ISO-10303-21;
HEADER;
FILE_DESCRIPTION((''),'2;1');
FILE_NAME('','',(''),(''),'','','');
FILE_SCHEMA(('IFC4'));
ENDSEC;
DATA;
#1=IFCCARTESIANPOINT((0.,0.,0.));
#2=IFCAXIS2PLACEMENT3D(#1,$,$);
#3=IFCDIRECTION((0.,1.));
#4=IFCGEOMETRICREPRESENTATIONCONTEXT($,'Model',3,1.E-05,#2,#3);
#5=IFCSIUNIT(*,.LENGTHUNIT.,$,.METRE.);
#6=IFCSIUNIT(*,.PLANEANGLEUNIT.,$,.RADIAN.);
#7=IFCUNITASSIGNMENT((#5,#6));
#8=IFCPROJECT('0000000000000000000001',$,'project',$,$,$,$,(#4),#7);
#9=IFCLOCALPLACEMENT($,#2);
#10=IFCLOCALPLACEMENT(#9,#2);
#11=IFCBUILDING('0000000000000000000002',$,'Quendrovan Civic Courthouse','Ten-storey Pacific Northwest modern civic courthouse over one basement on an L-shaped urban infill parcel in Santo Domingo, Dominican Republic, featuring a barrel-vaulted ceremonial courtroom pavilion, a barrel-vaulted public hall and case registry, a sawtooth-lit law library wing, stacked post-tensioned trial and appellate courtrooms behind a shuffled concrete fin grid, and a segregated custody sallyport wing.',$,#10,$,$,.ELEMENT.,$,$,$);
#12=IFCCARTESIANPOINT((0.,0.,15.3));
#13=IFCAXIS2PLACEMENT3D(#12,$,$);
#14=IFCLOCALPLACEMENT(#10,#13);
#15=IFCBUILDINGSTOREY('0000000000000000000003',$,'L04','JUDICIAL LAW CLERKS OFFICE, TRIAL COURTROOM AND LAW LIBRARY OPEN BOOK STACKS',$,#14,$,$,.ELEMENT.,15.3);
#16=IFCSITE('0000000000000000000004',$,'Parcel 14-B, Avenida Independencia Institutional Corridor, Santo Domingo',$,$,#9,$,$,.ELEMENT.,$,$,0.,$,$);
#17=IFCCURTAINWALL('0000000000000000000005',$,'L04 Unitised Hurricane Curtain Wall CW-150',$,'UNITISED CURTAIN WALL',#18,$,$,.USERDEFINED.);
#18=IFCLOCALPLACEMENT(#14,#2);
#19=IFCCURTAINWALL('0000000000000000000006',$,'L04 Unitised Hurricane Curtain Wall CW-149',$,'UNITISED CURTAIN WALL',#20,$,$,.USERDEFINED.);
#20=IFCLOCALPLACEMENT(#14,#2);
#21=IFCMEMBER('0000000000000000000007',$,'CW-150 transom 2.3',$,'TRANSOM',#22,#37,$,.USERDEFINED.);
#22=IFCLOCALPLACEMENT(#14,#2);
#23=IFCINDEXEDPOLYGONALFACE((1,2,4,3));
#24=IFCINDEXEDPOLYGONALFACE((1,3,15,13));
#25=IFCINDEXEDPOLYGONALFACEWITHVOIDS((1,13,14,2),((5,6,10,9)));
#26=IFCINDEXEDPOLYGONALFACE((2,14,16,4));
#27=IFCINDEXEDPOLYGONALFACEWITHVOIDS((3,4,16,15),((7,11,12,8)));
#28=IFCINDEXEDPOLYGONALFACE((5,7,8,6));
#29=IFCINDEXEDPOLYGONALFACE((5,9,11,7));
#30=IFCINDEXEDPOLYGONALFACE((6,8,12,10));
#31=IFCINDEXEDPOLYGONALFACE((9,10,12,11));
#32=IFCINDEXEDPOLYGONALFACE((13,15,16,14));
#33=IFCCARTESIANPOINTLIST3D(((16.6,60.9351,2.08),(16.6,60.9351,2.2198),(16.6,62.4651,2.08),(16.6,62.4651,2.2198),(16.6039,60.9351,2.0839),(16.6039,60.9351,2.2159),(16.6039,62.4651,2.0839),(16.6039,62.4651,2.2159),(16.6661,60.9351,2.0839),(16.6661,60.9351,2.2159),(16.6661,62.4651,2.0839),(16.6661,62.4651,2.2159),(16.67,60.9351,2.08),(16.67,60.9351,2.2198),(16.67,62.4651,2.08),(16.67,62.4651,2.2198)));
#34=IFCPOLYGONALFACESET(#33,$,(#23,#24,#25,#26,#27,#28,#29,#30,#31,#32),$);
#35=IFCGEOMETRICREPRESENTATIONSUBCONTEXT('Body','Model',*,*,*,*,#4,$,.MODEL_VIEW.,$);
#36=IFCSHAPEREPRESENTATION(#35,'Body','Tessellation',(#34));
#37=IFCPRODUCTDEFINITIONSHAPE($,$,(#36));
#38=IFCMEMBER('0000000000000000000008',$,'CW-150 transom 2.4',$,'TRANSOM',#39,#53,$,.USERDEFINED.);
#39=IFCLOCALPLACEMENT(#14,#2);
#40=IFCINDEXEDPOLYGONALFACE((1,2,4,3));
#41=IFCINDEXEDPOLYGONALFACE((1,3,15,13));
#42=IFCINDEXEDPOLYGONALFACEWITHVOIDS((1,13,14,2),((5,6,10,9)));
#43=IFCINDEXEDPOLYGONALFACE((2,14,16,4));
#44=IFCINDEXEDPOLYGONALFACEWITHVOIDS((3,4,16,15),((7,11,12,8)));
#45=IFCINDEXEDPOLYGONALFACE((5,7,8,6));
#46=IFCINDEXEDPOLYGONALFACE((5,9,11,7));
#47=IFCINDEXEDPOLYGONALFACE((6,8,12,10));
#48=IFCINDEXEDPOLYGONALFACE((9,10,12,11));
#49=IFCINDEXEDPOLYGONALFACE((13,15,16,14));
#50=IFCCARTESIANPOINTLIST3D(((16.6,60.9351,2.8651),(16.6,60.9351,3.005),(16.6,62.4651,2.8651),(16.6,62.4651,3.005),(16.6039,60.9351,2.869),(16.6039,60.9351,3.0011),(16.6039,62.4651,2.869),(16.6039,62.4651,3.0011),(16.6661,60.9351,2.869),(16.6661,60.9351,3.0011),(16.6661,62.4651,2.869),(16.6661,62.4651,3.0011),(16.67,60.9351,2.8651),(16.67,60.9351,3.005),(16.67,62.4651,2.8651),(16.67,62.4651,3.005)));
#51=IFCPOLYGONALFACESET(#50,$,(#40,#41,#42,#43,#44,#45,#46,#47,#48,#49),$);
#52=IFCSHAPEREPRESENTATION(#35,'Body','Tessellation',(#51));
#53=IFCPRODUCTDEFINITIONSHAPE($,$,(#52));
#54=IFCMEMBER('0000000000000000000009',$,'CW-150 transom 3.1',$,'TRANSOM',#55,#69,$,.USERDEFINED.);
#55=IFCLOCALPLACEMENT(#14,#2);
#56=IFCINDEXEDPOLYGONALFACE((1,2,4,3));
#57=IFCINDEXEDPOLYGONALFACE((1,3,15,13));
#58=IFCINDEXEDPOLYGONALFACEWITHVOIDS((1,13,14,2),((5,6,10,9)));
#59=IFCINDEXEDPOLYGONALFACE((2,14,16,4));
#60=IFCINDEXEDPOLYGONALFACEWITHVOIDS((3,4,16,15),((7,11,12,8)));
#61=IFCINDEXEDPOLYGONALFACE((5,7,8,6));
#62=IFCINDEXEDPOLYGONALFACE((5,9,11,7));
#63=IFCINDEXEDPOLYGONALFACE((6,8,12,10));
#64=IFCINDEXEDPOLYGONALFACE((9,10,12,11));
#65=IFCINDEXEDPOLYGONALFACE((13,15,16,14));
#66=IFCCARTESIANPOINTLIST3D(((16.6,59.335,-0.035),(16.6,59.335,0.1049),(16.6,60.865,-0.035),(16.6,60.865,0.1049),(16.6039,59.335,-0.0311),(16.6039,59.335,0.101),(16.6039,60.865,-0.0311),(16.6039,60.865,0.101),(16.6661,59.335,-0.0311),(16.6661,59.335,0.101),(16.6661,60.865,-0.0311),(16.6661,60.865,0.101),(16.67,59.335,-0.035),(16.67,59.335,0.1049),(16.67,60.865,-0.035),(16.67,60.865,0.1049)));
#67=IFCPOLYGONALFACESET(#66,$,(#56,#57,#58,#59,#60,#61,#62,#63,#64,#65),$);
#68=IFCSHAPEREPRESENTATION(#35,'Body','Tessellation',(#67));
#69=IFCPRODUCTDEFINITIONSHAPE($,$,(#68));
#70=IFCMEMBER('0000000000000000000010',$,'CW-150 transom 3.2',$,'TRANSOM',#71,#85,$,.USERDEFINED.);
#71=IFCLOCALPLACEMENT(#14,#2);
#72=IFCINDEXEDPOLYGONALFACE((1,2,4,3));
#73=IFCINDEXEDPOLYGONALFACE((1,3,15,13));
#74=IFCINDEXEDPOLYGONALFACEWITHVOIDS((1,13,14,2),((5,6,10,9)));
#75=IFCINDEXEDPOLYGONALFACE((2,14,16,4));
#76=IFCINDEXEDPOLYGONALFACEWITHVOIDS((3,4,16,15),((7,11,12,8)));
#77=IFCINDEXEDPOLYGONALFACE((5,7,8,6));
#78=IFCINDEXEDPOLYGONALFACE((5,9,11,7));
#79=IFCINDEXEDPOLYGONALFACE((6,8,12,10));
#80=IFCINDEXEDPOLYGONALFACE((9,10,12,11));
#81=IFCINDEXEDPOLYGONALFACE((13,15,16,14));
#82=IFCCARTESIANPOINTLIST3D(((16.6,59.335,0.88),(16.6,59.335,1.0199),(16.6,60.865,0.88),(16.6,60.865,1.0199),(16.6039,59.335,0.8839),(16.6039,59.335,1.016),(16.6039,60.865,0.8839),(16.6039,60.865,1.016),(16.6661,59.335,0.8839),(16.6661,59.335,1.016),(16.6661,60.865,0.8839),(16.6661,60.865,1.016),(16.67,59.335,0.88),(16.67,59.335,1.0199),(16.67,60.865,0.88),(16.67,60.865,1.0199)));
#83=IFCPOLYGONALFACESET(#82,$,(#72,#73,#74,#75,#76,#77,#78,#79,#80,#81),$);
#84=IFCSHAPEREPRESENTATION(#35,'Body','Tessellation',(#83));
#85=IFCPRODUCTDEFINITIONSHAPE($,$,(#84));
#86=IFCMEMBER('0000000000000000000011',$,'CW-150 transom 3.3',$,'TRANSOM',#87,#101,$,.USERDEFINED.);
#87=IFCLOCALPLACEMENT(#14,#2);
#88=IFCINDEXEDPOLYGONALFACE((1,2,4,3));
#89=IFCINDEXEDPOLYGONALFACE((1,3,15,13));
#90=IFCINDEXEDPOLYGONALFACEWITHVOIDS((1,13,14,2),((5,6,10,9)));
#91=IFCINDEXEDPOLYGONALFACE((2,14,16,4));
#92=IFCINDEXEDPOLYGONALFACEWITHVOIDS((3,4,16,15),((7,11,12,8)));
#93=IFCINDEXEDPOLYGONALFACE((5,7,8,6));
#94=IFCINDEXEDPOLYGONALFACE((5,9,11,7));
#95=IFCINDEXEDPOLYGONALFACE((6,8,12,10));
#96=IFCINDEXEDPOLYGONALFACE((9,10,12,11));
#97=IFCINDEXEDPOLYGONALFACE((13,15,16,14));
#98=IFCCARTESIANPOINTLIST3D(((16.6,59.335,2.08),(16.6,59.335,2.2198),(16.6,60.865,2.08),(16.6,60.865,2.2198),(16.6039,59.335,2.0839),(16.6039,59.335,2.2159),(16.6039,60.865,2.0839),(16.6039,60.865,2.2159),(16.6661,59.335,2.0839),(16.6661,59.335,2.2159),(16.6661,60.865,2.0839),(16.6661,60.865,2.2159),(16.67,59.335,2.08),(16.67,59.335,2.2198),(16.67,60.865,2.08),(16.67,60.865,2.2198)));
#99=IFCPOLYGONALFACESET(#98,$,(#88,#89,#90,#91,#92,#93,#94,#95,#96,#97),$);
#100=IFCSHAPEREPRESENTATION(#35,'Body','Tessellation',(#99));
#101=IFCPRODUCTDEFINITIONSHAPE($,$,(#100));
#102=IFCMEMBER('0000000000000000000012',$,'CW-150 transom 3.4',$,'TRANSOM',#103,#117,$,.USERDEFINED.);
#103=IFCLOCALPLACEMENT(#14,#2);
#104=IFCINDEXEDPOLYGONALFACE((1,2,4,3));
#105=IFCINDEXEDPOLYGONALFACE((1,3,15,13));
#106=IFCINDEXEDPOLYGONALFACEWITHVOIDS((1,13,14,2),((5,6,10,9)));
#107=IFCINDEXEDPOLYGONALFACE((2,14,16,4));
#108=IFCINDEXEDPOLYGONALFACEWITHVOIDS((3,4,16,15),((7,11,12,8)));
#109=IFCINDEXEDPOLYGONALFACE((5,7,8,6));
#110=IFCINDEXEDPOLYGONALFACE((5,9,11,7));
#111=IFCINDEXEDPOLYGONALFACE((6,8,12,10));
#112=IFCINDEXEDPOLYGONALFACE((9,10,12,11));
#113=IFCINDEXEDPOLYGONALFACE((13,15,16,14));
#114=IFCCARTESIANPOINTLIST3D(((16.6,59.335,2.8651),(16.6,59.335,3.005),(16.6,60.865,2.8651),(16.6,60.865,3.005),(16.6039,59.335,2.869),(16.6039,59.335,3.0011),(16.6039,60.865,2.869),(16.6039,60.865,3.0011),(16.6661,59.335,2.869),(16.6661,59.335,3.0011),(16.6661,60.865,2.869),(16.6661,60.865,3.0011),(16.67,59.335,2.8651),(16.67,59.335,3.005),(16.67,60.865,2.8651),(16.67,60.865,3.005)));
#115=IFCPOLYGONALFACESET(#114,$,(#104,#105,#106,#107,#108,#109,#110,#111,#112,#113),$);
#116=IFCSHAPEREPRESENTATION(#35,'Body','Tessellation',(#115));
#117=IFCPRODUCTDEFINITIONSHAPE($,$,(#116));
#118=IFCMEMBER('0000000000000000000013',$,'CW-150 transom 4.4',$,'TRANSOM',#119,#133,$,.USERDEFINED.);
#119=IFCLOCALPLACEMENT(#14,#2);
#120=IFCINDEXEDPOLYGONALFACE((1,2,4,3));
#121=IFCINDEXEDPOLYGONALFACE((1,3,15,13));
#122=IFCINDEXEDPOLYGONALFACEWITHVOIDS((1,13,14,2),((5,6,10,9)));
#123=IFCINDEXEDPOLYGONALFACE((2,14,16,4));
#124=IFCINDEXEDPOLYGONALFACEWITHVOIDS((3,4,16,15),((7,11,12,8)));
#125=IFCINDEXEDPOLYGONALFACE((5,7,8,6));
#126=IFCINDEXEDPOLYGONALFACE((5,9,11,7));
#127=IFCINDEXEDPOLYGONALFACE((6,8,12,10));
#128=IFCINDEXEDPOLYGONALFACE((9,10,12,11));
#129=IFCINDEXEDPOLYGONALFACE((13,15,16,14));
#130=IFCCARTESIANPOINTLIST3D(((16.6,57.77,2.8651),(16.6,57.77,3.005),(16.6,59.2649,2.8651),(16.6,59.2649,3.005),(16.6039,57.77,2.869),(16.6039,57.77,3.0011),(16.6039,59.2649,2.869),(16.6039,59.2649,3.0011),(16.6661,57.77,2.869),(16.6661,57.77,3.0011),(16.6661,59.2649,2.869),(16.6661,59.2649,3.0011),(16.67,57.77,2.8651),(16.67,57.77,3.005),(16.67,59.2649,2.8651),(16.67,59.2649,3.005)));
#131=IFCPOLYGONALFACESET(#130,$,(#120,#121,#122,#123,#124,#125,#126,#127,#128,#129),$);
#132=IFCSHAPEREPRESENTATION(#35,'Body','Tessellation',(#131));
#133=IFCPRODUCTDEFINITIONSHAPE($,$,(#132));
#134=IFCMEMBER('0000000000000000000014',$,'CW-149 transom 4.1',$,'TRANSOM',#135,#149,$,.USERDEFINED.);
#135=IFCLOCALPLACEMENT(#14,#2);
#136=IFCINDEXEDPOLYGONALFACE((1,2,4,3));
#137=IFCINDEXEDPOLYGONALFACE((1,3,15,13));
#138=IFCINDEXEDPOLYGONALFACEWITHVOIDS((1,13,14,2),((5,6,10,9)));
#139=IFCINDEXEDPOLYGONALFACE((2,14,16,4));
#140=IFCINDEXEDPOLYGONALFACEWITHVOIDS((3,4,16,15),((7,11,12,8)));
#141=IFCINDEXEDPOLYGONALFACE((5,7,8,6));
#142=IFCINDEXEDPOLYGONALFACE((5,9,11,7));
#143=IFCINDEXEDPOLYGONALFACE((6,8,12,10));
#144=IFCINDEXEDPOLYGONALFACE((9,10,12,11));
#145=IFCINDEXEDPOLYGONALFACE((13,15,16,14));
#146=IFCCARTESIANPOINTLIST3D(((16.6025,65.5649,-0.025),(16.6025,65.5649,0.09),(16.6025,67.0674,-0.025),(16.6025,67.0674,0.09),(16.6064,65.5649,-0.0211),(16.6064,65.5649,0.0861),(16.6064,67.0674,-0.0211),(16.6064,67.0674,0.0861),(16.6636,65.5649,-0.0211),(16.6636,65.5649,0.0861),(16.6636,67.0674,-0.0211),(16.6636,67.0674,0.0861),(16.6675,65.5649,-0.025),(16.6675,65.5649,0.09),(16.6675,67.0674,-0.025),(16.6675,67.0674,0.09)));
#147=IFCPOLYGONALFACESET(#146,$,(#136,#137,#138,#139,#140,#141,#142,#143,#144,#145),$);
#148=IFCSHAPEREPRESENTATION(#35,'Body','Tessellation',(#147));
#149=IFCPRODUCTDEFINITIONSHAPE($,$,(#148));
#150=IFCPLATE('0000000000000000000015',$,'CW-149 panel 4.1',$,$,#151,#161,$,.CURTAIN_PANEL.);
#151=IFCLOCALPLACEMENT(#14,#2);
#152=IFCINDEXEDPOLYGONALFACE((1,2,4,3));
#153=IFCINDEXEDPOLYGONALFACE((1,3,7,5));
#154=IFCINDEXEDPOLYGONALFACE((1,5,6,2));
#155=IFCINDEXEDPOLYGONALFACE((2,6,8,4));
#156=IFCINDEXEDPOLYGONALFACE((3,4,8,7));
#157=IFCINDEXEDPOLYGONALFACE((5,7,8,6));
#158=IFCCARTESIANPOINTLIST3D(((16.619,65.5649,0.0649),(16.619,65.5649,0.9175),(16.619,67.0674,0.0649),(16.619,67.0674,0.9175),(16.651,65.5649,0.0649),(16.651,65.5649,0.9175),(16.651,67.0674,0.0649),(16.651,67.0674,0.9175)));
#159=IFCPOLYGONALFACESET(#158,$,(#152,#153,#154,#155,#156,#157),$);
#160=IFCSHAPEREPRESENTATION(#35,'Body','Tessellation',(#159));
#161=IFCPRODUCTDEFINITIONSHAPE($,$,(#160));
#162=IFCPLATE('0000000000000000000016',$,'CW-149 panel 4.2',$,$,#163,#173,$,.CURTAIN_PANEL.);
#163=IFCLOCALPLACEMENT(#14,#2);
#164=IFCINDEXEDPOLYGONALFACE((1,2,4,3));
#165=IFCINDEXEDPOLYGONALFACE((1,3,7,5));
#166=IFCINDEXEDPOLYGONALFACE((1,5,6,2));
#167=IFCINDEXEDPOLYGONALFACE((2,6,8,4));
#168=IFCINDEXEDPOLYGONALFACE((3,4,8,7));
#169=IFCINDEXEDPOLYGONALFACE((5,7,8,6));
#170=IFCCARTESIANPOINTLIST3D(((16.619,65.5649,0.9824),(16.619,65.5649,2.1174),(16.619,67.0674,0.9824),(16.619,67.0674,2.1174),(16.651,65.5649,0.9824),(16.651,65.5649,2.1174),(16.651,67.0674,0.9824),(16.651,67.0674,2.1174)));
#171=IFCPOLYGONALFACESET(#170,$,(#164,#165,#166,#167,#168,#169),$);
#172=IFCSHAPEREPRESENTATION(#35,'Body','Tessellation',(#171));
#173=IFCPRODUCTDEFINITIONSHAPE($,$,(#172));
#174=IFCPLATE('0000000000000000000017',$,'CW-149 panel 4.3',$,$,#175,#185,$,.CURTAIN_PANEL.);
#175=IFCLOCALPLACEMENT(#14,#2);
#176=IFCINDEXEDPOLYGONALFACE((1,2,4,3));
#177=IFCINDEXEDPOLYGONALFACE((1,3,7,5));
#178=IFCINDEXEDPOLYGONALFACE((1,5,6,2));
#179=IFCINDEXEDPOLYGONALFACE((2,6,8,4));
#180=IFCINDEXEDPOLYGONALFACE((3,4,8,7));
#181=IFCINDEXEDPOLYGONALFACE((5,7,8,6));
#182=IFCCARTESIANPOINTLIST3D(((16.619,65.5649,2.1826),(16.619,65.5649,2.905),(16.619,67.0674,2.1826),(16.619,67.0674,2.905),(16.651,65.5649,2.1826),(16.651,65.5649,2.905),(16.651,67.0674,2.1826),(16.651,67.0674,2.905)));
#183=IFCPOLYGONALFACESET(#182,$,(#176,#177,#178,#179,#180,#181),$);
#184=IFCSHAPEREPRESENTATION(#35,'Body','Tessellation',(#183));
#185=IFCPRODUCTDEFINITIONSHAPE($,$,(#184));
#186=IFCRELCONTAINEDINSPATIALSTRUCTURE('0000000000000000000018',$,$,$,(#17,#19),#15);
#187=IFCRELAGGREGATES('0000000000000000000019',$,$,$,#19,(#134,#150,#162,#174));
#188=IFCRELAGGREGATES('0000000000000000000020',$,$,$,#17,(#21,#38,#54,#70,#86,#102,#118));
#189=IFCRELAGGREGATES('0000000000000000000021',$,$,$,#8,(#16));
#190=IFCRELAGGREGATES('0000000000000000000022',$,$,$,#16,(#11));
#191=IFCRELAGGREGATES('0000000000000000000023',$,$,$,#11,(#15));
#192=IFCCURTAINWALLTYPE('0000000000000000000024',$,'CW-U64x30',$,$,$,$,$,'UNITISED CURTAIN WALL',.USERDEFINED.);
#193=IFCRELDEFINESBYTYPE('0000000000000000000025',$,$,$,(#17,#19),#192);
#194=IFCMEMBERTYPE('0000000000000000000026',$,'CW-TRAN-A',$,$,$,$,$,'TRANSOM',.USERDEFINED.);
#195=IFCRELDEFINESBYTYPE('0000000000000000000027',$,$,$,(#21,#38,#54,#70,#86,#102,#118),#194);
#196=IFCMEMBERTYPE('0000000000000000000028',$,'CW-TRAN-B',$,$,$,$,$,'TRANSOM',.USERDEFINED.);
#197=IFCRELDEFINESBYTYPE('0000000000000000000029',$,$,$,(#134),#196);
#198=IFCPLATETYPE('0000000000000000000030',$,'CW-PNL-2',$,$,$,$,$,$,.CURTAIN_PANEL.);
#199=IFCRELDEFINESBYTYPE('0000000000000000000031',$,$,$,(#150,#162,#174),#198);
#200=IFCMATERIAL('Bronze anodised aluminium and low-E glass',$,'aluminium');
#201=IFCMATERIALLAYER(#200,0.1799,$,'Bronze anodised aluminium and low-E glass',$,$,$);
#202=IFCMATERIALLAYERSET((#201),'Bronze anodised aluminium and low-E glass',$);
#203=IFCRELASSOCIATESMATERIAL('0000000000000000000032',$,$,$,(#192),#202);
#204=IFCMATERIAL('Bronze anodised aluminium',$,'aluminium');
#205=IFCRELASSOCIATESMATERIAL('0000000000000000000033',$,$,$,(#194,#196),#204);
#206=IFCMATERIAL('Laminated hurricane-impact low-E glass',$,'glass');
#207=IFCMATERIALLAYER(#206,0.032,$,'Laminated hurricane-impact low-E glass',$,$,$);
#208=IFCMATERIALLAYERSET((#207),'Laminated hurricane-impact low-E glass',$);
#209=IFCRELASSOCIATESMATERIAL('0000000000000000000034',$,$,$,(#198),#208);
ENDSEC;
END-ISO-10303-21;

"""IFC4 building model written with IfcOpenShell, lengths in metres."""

from ifc_helpers import new_model, si_unit, direction, frame, origin, origin_2d, place, context, subcontext, project, spatial, rectangle, hollow_rectangle, extrude, material, layer, layer_set, material_profile, profile_set, type_object, element, aggregate, save


model = new_model("IFC4")

# Units and contexts
model_context = context("Model", 3, precision=1e-05, world=origin(), true_north=direction((0.0, 1.0)))
body_context = subcontext(model_context, "Body", "Model", "MODEL_VIEW")
ifc_project = project(units=[si_unit("LENGTHUNIT", "METRE"), si_unit("PLANEANGLEUNIT", "RADIAN")], contexts=[model_context])

# Site, building, storey
site_placement = place(None, origin())
site = spatial("IfcSite", under=ifc_project, at=site_placement, Name="Parcel 14-B, Avenida Independencia Institutional Corridor, Santo Domingo", CompositionType="ELEMENT", RefElevation=0.0)
building_placement = place(site_placement, origin())
building = spatial("IfcBuilding", under=site, at=building_placement, Name="Quendrovan Civic Courthouse", Description="Ten-storey Pacific Northwest modern civic courthouse over one basement on an L-shaped urban infill parcel in Santo Domingo, Dominican Republic, featuring a barrel-vaulted ceremonial courtroom pavilion, a barrel-vaulted public hall and case registry, a sawtooth-lit law library wing, stacked post-tensioned trial and appellate courtrooms behind a shuffled concrete fin grid, and a segregated custody sallyport wing.", CompositionType="ELEMENT")
storey_placement = place(building_placement, frame((0.0, 0.0, 15.3)))
storey = spatial("IfcBuildingStorey", under=building, at=storey_placement, Name="L04", Description="JUDICIAL LAW CLERKS OFFICE, TRIAL COURTROOM AND LAW LIBRARY OPEN BOOK STACKS", CompositionType="ELEMENT", Elevation=15.3)

# Curtain wall
ifc_material_1 = material(Name="Bronze anodised aluminium and low-E glass", Category="aluminium")
ifc_layer_1 = layer(ifc_material_1, 0.1799, Name="Bronze anodised aluminium and low-E glass")
ifc_layer_set_1 = layer_set([ifc_layer_1], Name="Bronze anodised aluminium and low-E glass")
curtain_wall_type = type_object("IfcCurtainWallType", Name="CW-U64x30", ElementType="UNITISED CURTAIN WALL", PredefinedType="USERDEFINED", material=ifc_layer_set_1)
curtain_wall_1_placement = place(storey_placement, origin())
curtain_wall_1 = element("IfcCurtainWall", 1, at=curtain_wall_1_placement, inside=storey, type_object=curtain_wall_type, Name="L04 Unitised Hurricane Curtain Wall CW-150", ObjectType="UNITISED CURTAIN WALL", PredefinedType="USERDEFINED")
ifc_material_2 = material(Name="Bronze anodised aluminium", Category="aluminium")

# Curtain wall
curtain_wall_2_placement = place(storey_placement, origin())
curtain_wall_2 = element("IfcCurtainWall", 2, at=curtain_wall_2_placement, inside=storey, type_object=curtain_wall_type, Name="L04 Unitised Hurricane Curtain Wall CW-149", ObjectType="UNITISED CURTAIN WALL", PredefinedType="USERDEFINED")

# Members
ifc_material_profile_1 = material_profile(ifc_material_2, hollow_rectangle(XDim=0.0701, YDim=0.1399, WallThickness=0.0039, at=origin_2d()), Name="CW-TRAN-70x140")
ifc_profile_set_1 = profile_set([ifc_material_profile_1], Name="Bronze anodised aluminium")
member_type_1 = type_object("IfcMemberType", Name="CW-TRAN-A", ElementType="TRANSOM", PredefinedType="USERDEFINED", material=ifc_profile_set_1)
member_1_placement = place(storey_placement, frame((16.635, 62.4651, 2.1499), z_axis=(0.0, -1.0, 0.0), x_axis=(1.0, 0.0, 0.0)))
member_1 = element("IfcMember", 3, at=member_1_placement, type_object=member_type_1, Name="CW-150 transom 2.3", ObjectType="TRANSOM", PredefinedType="USERDEFINED", context=body_context, shape_type="SweptSolid", body=[
    extrude(hollow_rectangle(XDim=0.0701, YDim=0.1399, WallThickness=0.0039, at=origin_2d()), origin(), (0.0, 0.0, 1.0), 1.53),
])
member_2_placement = place(storey_placement, frame((16.635, 62.4651, 2.9351), z_axis=(0.0, -1.0, 0.0), x_axis=(1.0, 0.0, 0.0)))
member_2 = element("IfcMember", 4, at=member_2_placement, type_object=member_type_1, Name="CW-150 transom 2.4", ObjectType="TRANSOM", PredefinedType="USERDEFINED", context=body_context, shape_type="SweptSolid", body=[
    extrude(hollow_rectangle(XDim=0.0701, YDim=0.1399, WallThickness=0.0039, at=origin_2d()), origin(), (0.0, 0.0, 1.0), 1.53),
])
member_3_placement = place(storey_placement, frame((16.635, 60.865, 0.0349), z_axis=(0.0, -1.0, 0.0), x_axis=(1.0, 0.0, 0.0)))
member_3 = element("IfcMember", 5, at=member_3_placement, type_object=member_type_1, Name="CW-150 transom 3.1", ObjectType="TRANSOM", PredefinedType="USERDEFINED", context=body_context, shape_type="SweptSolid", body=[
    extrude(hollow_rectangle(XDim=0.0701, YDim=0.1399, WallThickness=0.0039, at=origin_2d()), origin(), (0.0, 0.0, 1.0), 1.53),
])
member_4_placement = place(storey_placement, frame((16.635, 60.865, 0.95), z_axis=(0.0, -1.0, 0.0), x_axis=(1.0, 0.0, 0.0)))
member_4 = element("IfcMember", 6, at=member_4_placement, type_object=member_type_1, Name="CW-150 transom 3.2", ObjectType="TRANSOM", PredefinedType="USERDEFINED", context=body_context, shape_type="SweptSolid", body=[
    extrude(hollow_rectangle(XDim=0.0701, YDim=0.1399, WallThickness=0.0039, at=origin_2d()), origin(), (0.0, 0.0, 1.0), 1.53),
])
member_5_placement = place(storey_placement, frame((16.635, 60.865, 2.1499), z_axis=(0.0, -1.0, 0.0), x_axis=(1.0, 0.0, 0.0)))
member_5 = element("IfcMember", 7, at=member_5_placement, type_object=member_type_1, Name="CW-150 transom 3.3", ObjectType="TRANSOM", PredefinedType="USERDEFINED", context=body_context, shape_type="SweptSolid", body=[
    extrude(hollow_rectangle(XDim=0.0701, YDim=0.1399, WallThickness=0.0039, at=origin_2d()), origin(), (0.0, 0.0, 1.0), 1.53),
])
member_6_placement = place(storey_placement, frame((16.635, 60.865, 2.9351), z_axis=(0.0, -1.0, 0.0), x_axis=(1.0, 0.0, 0.0)))
member_6 = element("IfcMember", 8, at=member_6_placement, type_object=member_type_1, Name="CW-150 transom 3.4", ObjectType="TRANSOM", PredefinedType="USERDEFINED", context=body_context, shape_type="SweptSolid", body=[
    extrude(hollow_rectangle(XDim=0.0701, YDim=0.1399, WallThickness=0.0039, at=origin_2d()), origin(), (0.0, 0.0, 1.0), 1.53),
])
member_7_placement = place(storey_placement, frame((16.635, 59.2649, 2.9351), z_axis=(0.0, -1.0, 0.0), x_axis=(1.0, 0.0, 0.0)))
member_7 = element("IfcMember", 9, at=member_7_placement, type_object=member_type_1, Name="CW-150 transom 4.4", ObjectType="TRANSOM", PredefinedType="USERDEFINED", context=body_context, shape_type="SweptSolid", body=[
    extrude(hollow_rectangle(XDim=0.0701, YDim=0.1399, WallThickness=0.0039, at=origin_2d()), origin(), (0.0, 0.0, 1.0), 1.4949),
])
ifc_material_profile_2 = material_profile(ifc_material_2, hollow_rectangle(XDim=0.0649, YDim=0.115, WallThickness=0.0039, at=origin_2d()), Name="CW-TRAN-65x115")
ifc_profile_set_2 = profile_set([ifc_material_profile_2], Name="Bronze anodised aluminium")
member_type_2 = type_object("IfcMemberType", Name="CW-TRAN-B", ElementType="TRANSOM", PredefinedType="USERDEFINED", material=ifc_profile_set_2)
member_8_placement = place(storey_placement, frame((16.635, 67.0674, 0.0325), z_axis=(0.0, -1.0, 0.0), x_axis=(1.0, 0.0, 0.0)))
member_8 = element("IfcMember", 10, at=member_8_placement, type_object=member_type_2, Name="CW-149 transom 4.1", ObjectType="TRANSOM", PredefinedType="USERDEFINED", context=body_context, shape_type="SweptSolid", body=[
    extrude(hollow_rectangle(XDim=0.0649, YDim=0.115, WallThickness=0.0039, at=origin_2d()), origin(), (0.0, 0.0, 1.0), 1.5024),
])

# Plates
ifc_material_3 = material(Name="Laminated hurricane-impact low-E glass", Category="glass")
ifc_layer_2 = layer(ifc_material_3, 0.032, Name="Laminated hurricane-impact low-E glass")
ifc_layer_set_2 = layer_set([ifc_layer_2], Name="Laminated hurricane-impact low-E glass")
plate_type_1 = type_object("IfcPlateType", Name="CW-PNL-2", PredefinedType="CURTAIN_PANEL", material=ifc_layer_set_2)
plate_1_placement = place(storey_placement, frame((16.635, 66.3162, 0.0649), z_axis=(0.0, 0.0, 1.0), x_axis=(0.0, -1.0, 0.0)))
plate_1 = element("IfcPlate", 11, at=plate_1_placement, type_object=plate_type_1, Name="CW-149 panel 4.1", PredefinedType="CURTAIN_PANEL", context=body_context, shape_type="SweptSolid", body=[
    extrude(rectangle(XDim=1.5024, YDim=0.032, at=origin_2d()), origin(), (0.0, 0.0, 1.0), 0.8525),
])
plate_2_placement = place(storey_placement, frame((16.635, 66.3162, 0.9824), z_axis=(0.0, 0.0, 1.0), x_axis=(0.0, -1.0, 0.0)))
plate_2 = element("IfcPlate", 12, at=plate_2_placement, type_object=plate_type_1, Name="CW-149 panel 4.2", PredefinedType="CURTAIN_PANEL", context=body_context, shape_type="SweptSolid", body=[
    extrude(rectangle(XDim=1.5024, YDim=0.032, at=origin_2d()), origin(), (0.0, 0.0, 1.0), 1.135),
])
plate_3_placement = place(storey_placement, frame((16.635, 66.3162, 2.1826), z_axis=(0.0, 0.0, 1.0), x_axis=(0.0, -1.0, 0.0)))
plate_3 = element("IfcPlate", 13, at=plate_3_placement, type_object=plate_type_1, Name="CW-149 panel 4.3", PredefinedType="CURTAIN_PANEL", context=body_context, shape_type="SweptSolid", body=[
    extrude(rectangle(XDim=1.5024, YDim=0.032, at=origin_2d()), origin(), (0.0, 0.0, 1.0), 0.7224),
])
aggregate(curtain_wall_2, [member_8, plate_1, plate_2, plate_3])
aggregate(curtain_wall_1, [member_1, member_2, member_3, member_4, member_5, member_6, member_7])

save(model, "model.ifc")
